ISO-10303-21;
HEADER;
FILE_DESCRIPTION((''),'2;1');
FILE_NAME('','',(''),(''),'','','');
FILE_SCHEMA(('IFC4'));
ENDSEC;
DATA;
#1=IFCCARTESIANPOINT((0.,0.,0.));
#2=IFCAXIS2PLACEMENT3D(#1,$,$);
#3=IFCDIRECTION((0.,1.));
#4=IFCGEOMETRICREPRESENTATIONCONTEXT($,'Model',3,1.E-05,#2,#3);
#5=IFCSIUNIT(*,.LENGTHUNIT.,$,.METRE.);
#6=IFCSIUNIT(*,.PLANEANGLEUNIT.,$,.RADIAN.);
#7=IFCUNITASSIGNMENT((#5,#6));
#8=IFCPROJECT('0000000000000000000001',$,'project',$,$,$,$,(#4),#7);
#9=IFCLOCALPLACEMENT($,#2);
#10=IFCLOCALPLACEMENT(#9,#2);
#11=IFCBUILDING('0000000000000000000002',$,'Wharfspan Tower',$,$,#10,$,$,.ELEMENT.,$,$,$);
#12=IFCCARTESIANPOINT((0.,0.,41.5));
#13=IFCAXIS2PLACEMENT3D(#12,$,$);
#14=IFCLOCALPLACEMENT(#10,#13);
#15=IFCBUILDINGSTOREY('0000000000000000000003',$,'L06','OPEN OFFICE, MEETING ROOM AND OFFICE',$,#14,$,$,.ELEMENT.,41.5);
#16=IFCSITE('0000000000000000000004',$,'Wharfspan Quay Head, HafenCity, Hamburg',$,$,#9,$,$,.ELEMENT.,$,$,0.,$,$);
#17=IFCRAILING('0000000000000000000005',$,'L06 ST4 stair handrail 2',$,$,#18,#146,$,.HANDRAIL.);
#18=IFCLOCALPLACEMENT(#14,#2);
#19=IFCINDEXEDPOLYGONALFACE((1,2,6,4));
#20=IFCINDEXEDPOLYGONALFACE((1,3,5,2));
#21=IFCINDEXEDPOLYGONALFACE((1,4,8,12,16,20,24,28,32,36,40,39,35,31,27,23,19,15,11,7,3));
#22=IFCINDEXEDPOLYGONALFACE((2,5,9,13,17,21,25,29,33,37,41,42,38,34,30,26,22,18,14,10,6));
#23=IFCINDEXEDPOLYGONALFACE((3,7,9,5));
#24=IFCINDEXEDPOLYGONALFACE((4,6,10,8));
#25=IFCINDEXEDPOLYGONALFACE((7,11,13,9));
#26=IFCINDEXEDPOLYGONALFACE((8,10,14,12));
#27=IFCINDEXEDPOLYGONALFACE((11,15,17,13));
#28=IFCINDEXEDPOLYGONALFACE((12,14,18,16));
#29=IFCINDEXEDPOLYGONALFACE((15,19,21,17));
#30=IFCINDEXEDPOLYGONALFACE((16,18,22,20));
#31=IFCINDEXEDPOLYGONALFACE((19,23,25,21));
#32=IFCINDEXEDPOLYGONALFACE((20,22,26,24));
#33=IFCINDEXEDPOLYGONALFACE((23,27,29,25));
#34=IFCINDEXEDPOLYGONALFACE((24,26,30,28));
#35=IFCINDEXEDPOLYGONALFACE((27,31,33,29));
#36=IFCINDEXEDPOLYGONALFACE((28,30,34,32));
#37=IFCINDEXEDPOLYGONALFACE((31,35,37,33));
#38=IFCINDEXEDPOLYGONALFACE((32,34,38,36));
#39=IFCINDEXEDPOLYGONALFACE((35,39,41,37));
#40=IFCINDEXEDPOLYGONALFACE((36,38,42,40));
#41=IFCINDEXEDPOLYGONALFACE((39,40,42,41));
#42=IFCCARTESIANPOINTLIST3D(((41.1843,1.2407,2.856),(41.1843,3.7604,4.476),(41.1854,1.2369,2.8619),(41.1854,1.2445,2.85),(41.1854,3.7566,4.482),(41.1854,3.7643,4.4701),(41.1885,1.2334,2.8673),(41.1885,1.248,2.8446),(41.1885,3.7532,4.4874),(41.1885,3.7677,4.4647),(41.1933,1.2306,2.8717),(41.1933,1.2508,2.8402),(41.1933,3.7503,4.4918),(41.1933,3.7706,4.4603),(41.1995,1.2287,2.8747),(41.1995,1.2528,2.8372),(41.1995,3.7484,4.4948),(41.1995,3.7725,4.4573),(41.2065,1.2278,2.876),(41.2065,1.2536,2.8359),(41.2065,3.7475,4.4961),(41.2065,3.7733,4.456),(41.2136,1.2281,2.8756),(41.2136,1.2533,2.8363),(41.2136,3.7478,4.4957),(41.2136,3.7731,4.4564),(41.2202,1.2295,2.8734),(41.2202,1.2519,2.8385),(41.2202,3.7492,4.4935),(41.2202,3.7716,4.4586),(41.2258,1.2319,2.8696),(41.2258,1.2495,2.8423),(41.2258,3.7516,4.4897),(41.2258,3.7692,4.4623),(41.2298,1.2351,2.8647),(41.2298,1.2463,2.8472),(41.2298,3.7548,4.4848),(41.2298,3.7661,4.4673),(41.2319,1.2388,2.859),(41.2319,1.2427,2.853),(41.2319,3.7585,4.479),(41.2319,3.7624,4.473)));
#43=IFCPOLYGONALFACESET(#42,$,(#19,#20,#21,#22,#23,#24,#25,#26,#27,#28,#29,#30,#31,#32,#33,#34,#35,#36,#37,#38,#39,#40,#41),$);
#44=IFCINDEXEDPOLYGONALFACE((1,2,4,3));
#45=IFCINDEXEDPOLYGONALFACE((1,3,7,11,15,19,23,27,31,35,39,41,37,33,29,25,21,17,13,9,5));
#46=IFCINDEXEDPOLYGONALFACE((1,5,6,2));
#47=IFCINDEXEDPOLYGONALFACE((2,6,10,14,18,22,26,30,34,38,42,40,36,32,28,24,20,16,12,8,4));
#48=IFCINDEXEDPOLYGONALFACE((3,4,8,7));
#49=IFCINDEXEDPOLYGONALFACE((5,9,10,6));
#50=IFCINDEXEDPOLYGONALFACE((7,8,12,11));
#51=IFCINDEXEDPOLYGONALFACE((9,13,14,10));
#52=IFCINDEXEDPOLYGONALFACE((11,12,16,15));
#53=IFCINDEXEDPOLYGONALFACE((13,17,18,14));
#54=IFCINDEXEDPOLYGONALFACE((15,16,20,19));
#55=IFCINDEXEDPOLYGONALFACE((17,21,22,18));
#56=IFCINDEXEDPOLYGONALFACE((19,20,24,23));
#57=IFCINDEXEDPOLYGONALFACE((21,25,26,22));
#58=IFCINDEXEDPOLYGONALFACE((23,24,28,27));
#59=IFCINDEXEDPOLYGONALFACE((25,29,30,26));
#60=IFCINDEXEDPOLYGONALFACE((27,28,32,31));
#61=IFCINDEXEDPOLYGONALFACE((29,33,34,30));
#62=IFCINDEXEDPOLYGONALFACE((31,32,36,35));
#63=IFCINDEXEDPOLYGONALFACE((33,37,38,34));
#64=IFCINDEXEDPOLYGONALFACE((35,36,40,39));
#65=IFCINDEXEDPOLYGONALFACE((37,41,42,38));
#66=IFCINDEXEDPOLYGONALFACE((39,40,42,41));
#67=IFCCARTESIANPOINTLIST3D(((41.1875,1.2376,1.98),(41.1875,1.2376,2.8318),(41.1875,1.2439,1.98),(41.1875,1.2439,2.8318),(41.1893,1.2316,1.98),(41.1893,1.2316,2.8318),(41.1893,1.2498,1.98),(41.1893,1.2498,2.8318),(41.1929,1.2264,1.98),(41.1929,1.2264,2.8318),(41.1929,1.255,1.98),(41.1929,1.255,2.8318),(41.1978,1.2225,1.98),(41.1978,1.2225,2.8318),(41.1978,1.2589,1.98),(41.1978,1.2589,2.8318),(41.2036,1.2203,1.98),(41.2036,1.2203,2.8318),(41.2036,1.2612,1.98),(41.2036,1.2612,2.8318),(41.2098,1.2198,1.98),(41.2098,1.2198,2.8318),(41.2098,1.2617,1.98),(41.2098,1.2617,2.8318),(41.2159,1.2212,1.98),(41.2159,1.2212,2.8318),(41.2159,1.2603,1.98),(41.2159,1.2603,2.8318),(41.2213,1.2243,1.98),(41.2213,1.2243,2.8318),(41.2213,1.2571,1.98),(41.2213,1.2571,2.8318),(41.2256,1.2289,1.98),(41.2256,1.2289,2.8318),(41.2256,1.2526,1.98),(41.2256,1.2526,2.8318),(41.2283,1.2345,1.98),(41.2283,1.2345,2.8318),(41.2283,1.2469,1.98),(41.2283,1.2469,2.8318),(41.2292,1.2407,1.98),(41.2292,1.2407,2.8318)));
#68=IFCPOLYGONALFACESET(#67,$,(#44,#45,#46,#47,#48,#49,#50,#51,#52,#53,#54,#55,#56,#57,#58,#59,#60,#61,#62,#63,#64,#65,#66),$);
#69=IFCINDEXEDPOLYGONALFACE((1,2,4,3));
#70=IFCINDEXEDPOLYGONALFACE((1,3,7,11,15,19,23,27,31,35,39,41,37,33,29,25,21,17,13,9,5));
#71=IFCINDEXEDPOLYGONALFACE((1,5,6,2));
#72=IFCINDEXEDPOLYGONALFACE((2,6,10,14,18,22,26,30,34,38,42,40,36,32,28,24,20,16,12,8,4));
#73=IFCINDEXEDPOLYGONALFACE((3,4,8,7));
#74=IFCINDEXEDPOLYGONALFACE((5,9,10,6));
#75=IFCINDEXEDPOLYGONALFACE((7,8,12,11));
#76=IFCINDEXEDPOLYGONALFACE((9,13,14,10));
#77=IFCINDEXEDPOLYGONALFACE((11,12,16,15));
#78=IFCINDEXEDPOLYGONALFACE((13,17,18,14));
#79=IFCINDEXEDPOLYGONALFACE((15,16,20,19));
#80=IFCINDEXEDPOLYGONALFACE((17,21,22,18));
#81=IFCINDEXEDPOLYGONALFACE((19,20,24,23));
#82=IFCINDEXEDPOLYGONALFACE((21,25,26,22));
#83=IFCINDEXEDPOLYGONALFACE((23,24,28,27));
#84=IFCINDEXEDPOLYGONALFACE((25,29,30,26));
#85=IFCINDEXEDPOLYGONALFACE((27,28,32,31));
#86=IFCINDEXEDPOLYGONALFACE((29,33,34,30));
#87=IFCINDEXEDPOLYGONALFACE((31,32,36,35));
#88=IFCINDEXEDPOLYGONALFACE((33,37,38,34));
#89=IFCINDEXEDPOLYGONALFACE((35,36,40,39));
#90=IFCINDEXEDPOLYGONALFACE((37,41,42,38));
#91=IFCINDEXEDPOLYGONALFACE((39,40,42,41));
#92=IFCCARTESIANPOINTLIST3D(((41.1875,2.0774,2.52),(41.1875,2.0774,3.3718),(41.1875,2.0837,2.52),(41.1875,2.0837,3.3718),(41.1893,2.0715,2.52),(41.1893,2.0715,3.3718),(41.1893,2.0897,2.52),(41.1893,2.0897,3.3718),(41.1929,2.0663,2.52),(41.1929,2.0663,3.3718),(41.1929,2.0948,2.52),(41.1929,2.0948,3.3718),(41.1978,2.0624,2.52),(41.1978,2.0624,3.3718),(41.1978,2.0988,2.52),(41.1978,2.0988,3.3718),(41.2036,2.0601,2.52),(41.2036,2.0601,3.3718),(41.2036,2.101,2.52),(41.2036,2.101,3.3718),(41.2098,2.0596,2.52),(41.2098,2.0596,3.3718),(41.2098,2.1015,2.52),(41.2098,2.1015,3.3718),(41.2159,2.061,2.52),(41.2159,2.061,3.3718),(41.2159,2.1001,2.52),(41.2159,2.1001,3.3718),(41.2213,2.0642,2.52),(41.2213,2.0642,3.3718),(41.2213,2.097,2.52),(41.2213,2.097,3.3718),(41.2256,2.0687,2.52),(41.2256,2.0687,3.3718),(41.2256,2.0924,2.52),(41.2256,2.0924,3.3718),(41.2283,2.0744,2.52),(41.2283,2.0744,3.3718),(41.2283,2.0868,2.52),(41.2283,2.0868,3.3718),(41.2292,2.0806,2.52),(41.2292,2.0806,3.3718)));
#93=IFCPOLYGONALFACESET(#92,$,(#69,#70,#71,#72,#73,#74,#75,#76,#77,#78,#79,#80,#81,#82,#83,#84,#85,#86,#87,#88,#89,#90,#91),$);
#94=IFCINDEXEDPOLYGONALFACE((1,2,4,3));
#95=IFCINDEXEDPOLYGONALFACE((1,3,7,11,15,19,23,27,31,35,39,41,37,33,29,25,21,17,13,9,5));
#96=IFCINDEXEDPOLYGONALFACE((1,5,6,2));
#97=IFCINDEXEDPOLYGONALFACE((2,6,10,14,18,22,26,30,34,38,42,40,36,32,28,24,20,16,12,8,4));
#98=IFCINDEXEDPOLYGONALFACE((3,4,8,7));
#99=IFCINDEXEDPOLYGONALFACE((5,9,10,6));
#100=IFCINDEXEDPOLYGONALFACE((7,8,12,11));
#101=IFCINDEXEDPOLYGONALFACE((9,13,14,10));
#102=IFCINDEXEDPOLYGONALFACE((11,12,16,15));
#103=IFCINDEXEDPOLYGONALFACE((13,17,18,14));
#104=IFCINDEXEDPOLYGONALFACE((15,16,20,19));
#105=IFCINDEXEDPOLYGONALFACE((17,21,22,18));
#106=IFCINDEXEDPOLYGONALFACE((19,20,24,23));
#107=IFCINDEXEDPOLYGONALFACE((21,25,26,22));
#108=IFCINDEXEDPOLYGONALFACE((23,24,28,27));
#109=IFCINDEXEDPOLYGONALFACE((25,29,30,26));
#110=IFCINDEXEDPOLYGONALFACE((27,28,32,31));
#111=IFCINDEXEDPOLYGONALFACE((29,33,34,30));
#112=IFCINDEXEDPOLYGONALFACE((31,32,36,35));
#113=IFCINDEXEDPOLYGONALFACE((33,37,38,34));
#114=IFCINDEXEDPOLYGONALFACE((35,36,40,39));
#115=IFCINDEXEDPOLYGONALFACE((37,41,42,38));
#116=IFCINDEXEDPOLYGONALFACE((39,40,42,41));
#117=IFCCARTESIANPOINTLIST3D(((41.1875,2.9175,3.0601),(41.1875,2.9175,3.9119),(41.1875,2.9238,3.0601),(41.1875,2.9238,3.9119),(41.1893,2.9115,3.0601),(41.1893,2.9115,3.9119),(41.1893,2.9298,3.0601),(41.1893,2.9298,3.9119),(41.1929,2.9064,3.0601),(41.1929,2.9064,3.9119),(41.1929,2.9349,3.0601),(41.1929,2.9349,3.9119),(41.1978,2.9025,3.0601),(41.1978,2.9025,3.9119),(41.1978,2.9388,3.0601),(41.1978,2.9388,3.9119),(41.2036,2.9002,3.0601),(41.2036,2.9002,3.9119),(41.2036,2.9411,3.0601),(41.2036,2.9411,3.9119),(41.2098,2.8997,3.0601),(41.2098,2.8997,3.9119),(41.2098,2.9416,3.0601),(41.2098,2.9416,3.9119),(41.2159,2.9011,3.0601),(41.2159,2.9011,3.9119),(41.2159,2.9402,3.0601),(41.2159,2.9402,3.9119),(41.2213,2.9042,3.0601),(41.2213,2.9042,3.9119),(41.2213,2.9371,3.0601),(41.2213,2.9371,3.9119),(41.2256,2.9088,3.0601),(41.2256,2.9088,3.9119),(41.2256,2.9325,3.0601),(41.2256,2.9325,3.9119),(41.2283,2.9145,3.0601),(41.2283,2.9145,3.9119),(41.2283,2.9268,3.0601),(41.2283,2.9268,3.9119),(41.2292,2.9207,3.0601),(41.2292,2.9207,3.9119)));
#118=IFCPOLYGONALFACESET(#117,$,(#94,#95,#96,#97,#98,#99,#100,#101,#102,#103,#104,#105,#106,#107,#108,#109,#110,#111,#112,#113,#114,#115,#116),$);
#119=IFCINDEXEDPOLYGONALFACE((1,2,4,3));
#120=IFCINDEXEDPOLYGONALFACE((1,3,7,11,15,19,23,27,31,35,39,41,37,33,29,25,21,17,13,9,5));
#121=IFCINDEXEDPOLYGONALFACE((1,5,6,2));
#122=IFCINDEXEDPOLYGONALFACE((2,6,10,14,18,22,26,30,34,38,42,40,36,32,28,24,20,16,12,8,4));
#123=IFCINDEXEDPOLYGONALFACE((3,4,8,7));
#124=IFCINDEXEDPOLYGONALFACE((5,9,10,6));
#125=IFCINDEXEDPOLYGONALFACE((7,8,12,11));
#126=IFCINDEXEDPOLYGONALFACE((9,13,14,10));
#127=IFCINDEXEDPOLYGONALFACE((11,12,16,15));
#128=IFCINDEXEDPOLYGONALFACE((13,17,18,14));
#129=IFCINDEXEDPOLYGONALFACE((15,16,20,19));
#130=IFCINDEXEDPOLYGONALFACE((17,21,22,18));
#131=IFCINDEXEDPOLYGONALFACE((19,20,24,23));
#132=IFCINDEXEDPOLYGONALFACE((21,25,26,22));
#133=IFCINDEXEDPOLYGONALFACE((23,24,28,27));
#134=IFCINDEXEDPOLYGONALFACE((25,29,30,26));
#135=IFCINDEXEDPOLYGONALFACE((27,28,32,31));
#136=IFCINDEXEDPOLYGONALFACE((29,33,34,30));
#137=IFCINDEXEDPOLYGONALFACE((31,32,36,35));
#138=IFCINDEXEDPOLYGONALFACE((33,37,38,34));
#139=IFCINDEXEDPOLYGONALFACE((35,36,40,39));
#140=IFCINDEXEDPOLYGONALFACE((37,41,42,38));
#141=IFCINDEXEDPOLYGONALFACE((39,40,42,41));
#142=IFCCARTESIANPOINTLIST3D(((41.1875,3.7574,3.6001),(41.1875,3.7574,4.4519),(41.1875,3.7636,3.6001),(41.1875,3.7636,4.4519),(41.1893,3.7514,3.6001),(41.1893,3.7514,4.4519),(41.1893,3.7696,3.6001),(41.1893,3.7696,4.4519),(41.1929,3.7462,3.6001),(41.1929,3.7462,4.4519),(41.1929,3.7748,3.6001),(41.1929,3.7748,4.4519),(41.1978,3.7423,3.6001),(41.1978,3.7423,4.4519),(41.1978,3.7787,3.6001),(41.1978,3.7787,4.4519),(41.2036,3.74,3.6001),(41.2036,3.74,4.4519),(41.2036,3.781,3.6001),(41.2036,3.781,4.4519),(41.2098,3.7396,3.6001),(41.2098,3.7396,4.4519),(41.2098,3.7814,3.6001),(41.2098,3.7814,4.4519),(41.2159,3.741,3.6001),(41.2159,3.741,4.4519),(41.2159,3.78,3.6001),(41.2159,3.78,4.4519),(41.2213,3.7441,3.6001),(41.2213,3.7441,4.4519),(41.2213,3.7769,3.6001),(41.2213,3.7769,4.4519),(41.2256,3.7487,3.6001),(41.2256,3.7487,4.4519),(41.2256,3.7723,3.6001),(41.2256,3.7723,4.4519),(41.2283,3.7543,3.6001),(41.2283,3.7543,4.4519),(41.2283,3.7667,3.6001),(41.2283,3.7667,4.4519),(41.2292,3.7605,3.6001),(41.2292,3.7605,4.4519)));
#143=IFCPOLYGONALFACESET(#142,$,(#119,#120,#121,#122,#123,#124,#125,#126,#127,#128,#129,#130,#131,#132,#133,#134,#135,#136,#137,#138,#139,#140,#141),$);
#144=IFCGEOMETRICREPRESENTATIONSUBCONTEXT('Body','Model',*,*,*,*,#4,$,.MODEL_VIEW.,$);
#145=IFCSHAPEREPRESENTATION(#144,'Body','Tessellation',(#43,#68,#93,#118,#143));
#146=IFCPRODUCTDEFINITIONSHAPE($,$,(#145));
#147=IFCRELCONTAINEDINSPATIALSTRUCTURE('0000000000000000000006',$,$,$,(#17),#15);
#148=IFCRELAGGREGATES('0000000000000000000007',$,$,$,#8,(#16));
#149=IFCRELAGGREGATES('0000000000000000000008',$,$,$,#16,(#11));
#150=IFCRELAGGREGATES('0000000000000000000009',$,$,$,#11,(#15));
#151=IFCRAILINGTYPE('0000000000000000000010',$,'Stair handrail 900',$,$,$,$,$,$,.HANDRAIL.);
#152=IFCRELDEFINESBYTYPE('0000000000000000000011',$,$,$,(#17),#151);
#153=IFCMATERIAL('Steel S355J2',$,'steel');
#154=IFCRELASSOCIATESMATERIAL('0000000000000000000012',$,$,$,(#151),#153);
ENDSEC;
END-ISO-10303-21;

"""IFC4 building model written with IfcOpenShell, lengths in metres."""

from ifc_helpers import new_model, si_unit, direction, frame, origin, origin_2d, place, context, subcontext, project, spatial, circle, extrude, material, type_object, element, save


model = new_model("IFC4")

# Units and contexts
model_context = context("Model", 3, precision=1e-05, world=origin(), true_north=direction((0.0, 1.0)))
body_context = subcontext(model_context, "Body", "Model", "MODEL_VIEW")
ifc_project = project(units=[si_unit("LENGTHUNIT", "METRE"), si_unit("PLANEANGLEUNIT", "RADIAN")], contexts=[model_context])

# Site, building, storey
site_placement = place(None, origin())
site = spatial("IfcSite", under=ifc_project, at=site_placement, Name="Wharfspan Quay Head, HafenCity, Hamburg", CompositionType="ELEMENT", RefElevation=0.0)
building_placement = place(site_placement, origin())
building = spatial("IfcBuilding", under=site, at=building_placement, Name="Wharfspan Tower", CompositionType="ELEMENT")
storey_placement = place(building_placement, frame((0.0, 0.0, 41.5)))
storey = spatial("IfcBuildingStorey", under=building, at=storey_placement, Name="L06", Description="OPEN OFFICE, MEETING ROOM AND OFFICE", CompositionType="ELEMENT", Elevation=41.5)

# Shared definitions
ifc_material_1 = material(Name="Steel S355J2", Category="steel")

# Railing
railing_type_1 = type_object("IfcRailingType", Name="Stair handrail 900", PredefinedType="HANDRAIL", material=ifc_material_1)
railing_1_placement = place(storey_placement, frame((41.2083, 1.2407, 1.98)))
element("IfcRailing", 1, at=railing_1_placement, inside=storey, type_object=railing_type_1, Name="L06 ST4 stair handrail 2", PredefinedType="HANDRAIL", context=body_context, shape_type="SweptSolid", body=[
    extrude(circle(Radius=0.0239, at=origin_2d()), frame((0.0, 0.0, 0.876), z_axis=(0.0, 0.841139, 0.540819), x_axis=(-1.0, 0.0, 0.0)), (0.0, 0.0, 1.0), 2.9956),
    extrude(circle(Radius=0.021, at=origin_2d()), origin(), (0.0, 0.0, 1.0), 0.8518),
    extrude(circle(Radius=0.021, at=origin_2d()), frame((0.0, 0.8398, 0.54)), (0.0, 0.0, 1.0), 0.8518),
    extrude(circle(Radius=0.021, at=origin_2d()), frame((0.0, 1.6799, 1.0801)), (0.0, 0.0, 1.0), 0.8518),
    extrude(circle(Radius=0.021, at=origin_2d()), frame((0.0, 2.5198, 1.6201)), (0.0, 0.0, 1.0), 0.8518),
])

save(model, "model.ifc")
